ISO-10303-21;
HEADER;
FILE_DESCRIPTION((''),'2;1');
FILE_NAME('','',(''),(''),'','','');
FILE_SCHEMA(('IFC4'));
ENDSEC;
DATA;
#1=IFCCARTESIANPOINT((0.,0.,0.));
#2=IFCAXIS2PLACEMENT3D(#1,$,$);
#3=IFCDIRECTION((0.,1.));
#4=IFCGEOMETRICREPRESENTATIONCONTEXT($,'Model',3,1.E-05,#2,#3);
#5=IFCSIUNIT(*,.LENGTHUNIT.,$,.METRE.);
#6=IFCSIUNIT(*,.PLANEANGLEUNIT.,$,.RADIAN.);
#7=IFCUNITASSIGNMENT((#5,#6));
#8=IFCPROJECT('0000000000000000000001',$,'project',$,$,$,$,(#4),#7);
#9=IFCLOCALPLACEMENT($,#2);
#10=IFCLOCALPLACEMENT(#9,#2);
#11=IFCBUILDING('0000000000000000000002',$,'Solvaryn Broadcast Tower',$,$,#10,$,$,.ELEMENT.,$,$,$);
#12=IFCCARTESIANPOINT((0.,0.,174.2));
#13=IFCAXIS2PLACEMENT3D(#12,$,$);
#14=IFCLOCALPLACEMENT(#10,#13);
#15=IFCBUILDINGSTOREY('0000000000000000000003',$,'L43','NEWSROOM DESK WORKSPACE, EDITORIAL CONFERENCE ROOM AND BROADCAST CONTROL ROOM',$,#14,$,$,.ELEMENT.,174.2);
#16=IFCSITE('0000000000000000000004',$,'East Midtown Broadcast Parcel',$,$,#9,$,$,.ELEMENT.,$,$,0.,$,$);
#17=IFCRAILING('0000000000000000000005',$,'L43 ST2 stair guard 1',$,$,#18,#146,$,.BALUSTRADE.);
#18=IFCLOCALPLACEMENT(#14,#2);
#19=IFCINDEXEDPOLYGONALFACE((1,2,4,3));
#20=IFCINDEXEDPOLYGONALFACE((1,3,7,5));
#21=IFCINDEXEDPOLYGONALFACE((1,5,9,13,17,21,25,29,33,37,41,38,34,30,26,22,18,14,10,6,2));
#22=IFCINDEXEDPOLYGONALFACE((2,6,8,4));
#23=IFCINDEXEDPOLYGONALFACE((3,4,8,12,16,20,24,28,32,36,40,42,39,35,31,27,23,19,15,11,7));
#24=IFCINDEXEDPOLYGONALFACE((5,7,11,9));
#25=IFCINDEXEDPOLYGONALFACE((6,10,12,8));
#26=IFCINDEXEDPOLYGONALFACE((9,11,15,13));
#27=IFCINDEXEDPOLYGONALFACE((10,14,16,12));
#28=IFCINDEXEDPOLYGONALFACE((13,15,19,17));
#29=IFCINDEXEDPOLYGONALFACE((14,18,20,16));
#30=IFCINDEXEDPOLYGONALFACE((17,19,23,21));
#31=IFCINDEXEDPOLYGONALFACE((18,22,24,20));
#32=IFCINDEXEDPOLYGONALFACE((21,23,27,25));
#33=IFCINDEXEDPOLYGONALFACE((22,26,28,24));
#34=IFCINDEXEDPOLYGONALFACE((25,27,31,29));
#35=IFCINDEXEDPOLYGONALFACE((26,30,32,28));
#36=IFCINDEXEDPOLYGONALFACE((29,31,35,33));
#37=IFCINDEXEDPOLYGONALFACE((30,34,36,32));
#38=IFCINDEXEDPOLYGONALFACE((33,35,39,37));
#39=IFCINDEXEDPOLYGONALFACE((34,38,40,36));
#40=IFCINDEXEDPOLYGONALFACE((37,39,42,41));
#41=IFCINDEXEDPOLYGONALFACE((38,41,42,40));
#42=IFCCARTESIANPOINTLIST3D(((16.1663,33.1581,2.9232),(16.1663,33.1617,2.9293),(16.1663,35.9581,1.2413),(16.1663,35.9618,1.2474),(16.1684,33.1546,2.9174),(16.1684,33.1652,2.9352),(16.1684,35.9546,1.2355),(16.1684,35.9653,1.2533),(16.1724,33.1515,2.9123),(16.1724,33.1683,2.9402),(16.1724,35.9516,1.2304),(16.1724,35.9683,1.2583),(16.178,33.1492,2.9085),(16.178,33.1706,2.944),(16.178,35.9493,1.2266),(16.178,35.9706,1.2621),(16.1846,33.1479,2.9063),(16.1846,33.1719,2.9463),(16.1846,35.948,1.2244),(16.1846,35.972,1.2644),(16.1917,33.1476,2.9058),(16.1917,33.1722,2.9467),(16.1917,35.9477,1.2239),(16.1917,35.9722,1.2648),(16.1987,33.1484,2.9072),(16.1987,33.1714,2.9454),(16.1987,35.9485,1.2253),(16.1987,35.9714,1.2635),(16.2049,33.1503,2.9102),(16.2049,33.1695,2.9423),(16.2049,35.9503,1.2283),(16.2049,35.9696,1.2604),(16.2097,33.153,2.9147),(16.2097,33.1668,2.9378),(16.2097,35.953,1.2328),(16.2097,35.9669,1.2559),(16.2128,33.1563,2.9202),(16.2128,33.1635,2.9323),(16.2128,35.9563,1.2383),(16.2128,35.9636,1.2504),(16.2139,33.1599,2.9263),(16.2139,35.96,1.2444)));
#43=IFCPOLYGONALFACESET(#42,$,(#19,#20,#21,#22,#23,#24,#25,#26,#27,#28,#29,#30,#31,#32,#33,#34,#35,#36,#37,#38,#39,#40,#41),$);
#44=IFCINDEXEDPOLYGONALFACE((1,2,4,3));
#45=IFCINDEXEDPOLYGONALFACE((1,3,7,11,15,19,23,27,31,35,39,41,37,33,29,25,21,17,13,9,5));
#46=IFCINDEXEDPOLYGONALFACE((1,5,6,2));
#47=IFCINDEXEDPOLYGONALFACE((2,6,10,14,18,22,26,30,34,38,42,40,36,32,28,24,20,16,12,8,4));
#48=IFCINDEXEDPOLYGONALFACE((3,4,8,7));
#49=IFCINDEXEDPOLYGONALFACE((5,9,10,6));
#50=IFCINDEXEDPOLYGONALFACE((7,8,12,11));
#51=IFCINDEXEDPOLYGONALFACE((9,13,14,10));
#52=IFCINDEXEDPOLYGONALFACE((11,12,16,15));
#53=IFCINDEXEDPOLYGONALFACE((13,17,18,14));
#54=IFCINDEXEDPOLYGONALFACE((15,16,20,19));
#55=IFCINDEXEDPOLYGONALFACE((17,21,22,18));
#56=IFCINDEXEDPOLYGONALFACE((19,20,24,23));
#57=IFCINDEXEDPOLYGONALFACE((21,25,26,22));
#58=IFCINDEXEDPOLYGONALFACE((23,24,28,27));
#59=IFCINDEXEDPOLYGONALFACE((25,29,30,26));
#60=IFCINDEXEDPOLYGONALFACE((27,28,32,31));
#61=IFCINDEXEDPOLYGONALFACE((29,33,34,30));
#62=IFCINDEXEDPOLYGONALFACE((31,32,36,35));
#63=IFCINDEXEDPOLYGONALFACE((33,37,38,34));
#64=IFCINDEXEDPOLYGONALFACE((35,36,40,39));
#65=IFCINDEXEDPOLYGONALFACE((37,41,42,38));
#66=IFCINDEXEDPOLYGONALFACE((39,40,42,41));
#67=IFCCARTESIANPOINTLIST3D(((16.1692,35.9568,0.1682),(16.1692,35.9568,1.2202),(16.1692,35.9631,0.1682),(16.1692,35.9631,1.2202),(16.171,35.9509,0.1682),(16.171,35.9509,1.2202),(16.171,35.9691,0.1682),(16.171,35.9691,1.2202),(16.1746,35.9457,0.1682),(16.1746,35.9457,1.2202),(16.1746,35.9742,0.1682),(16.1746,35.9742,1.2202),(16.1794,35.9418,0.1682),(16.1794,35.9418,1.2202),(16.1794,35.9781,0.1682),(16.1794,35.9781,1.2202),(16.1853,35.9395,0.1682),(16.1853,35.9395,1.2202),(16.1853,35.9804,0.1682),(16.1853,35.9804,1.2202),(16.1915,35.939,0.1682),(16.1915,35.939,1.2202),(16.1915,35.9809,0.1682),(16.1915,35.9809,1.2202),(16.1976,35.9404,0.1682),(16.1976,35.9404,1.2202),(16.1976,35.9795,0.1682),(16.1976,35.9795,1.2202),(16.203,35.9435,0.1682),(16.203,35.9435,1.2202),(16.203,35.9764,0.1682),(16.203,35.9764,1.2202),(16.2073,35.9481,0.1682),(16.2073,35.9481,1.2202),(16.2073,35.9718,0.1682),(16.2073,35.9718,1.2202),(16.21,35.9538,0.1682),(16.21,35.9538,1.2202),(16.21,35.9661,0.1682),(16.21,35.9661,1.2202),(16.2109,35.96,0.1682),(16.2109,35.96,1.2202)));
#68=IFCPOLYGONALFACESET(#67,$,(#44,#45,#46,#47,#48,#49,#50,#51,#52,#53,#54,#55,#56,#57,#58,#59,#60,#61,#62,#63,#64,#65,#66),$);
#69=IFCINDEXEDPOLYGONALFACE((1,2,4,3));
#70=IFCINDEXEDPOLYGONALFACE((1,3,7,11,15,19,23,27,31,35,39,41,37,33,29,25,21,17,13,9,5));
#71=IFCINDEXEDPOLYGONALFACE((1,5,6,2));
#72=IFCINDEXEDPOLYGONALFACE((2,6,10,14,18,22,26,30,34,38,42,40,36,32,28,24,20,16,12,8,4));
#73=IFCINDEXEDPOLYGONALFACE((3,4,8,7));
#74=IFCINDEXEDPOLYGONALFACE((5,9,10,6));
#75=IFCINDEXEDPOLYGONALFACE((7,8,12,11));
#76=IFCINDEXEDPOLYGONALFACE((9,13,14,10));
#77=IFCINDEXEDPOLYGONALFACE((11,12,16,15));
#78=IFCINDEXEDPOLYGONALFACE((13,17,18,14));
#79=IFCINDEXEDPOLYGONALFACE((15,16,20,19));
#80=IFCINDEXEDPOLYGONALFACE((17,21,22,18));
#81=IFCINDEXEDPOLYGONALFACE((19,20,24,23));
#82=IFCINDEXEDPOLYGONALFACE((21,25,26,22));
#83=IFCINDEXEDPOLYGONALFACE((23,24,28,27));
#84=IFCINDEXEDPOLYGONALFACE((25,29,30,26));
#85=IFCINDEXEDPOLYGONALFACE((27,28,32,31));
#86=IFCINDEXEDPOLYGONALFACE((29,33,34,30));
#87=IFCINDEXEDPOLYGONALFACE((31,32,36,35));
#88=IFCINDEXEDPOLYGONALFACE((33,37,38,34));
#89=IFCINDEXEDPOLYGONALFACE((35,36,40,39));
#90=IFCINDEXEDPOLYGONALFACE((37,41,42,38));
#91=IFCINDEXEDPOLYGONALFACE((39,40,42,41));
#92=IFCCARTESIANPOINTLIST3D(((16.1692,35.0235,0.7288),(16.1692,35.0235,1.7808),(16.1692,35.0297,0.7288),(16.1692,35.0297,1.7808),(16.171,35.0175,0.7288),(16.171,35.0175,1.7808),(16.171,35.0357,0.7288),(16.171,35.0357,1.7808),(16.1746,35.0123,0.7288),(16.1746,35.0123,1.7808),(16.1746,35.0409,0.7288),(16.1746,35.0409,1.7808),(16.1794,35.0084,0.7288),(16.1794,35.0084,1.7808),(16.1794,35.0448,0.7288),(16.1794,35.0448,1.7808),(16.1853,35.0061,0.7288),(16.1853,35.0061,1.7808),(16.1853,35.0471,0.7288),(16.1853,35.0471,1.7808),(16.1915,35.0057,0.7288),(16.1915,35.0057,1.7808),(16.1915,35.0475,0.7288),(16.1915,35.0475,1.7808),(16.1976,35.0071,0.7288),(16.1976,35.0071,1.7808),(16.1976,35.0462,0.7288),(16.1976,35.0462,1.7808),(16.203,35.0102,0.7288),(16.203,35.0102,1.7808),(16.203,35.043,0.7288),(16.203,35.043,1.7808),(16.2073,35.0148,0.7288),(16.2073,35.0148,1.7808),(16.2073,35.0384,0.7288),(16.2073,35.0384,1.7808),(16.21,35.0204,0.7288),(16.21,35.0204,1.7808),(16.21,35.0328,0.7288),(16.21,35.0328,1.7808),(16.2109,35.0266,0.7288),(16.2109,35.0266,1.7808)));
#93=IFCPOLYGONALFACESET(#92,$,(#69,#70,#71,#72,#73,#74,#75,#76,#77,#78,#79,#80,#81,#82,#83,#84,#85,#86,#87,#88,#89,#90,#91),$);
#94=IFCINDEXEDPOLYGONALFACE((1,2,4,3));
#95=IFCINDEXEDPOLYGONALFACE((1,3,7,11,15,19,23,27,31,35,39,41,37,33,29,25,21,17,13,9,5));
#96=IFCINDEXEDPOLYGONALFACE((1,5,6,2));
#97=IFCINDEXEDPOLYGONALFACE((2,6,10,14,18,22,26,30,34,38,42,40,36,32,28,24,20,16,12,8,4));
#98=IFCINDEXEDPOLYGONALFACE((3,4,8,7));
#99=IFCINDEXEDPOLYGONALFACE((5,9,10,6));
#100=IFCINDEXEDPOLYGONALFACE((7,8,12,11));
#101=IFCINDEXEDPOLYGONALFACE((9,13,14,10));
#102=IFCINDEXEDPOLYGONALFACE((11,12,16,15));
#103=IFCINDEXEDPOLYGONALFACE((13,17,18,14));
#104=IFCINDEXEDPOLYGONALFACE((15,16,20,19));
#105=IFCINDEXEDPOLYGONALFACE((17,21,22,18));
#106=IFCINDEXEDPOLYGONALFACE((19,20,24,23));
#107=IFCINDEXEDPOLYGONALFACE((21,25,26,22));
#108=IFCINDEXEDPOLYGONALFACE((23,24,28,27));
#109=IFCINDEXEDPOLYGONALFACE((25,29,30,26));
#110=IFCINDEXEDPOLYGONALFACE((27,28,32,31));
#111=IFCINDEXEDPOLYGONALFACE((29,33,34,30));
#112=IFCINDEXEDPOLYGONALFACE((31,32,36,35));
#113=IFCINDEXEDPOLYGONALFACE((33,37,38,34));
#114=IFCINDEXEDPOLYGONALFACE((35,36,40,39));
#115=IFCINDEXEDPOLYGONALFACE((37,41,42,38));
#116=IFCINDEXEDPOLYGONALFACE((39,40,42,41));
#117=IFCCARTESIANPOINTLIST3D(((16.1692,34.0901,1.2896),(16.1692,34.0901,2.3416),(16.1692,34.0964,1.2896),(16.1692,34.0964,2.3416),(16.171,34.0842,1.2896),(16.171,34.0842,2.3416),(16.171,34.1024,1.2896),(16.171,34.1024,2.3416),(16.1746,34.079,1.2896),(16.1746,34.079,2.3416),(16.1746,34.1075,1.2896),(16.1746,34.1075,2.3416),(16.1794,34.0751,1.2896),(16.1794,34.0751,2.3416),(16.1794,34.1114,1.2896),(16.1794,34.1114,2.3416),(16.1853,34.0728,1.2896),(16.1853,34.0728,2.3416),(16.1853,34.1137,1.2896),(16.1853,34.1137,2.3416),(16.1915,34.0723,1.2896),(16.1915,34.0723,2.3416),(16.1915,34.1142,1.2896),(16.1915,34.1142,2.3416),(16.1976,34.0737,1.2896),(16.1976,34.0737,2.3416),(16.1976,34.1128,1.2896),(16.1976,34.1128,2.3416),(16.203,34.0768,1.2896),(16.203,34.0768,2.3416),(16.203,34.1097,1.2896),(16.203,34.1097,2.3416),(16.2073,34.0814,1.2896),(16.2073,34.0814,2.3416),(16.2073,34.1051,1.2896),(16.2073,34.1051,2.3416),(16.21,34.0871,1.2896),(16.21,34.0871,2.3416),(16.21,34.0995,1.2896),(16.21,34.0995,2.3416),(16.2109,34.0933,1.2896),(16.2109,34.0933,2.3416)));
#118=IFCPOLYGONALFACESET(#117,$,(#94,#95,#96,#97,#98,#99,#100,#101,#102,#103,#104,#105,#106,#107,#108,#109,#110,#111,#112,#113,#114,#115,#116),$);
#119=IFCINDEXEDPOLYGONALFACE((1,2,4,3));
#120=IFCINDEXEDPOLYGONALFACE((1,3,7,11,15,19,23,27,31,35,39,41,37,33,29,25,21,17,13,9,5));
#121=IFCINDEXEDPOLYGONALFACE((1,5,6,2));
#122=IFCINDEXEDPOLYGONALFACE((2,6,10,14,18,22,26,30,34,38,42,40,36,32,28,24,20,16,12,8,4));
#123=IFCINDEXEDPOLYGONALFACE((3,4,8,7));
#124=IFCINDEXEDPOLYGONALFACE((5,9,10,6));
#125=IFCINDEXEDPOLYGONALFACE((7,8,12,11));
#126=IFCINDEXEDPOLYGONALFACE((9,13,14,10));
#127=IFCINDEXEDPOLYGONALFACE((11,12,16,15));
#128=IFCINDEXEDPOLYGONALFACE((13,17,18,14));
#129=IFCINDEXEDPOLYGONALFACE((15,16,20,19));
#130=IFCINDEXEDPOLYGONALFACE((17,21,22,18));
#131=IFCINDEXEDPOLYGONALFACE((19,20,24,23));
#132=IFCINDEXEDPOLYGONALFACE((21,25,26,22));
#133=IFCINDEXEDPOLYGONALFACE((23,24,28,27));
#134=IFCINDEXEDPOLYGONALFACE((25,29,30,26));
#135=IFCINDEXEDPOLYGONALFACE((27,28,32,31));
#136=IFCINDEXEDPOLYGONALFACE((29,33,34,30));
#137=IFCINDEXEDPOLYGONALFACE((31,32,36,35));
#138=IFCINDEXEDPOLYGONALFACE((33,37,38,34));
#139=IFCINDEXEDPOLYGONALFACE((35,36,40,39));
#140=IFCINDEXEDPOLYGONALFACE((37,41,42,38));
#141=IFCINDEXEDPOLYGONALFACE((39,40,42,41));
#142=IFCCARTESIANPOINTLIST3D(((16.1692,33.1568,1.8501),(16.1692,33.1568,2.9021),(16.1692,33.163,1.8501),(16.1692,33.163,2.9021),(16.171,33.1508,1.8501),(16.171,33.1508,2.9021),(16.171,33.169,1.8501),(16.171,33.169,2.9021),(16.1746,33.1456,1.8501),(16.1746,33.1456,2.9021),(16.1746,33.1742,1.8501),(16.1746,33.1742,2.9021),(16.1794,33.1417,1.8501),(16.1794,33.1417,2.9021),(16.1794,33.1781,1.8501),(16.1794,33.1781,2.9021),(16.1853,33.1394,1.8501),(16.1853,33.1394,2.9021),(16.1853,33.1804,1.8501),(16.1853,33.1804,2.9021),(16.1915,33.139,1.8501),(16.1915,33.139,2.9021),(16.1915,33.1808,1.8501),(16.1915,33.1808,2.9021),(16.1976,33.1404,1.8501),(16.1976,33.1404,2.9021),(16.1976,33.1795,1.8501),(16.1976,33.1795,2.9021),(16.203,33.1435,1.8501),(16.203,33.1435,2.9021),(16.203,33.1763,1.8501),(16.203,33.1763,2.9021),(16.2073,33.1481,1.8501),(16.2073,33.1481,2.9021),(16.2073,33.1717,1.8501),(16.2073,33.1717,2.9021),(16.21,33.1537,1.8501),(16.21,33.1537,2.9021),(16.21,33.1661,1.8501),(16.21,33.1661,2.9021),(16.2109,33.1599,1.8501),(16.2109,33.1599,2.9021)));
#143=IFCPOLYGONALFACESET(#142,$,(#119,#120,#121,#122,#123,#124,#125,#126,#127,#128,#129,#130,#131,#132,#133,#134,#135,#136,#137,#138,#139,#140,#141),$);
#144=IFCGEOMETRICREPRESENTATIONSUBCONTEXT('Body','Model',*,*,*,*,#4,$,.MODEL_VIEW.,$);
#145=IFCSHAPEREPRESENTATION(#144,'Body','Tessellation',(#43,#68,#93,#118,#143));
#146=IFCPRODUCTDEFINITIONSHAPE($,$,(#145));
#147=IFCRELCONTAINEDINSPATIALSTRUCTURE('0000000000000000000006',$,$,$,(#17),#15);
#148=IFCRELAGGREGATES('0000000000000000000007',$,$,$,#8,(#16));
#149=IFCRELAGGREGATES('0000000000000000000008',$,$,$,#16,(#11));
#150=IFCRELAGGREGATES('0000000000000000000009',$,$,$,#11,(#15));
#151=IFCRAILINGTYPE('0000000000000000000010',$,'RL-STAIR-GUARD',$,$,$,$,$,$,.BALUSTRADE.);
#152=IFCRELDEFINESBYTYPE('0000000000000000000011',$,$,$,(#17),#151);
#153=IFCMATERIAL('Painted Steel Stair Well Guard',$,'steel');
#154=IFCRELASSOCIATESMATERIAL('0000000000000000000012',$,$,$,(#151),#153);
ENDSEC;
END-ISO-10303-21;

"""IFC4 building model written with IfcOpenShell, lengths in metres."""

from ifc_helpers import new_model, si_unit, direction, frame, origin, origin_2d, place, context, subcontext, project, spatial, circle, extrude, material, type_object, element, save


model = new_model("IFC4")

# Units and contexts
model_context = context("Model", 3, precision=1e-05, world=origin(), true_north=direction((0.0, 1.0)))
body_context = subcontext(model_context, "Body", "Model", "MODEL_VIEW")
ifc_project = project(units=[si_unit("LENGTHUNIT", "METRE"), si_unit("PLANEANGLEUNIT", "RADIAN")], contexts=[model_context])

# Site, building, storey
site_placement = place(None, origin())
site = spatial("IfcSite", under=ifc_project, at=site_placement, Name="East Midtown Broadcast Parcel", CompositionType="ELEMENT", RefElevation=0.0)
building_placement = place(site_placement, origin())
building = spatial("IfcBuilding", under=site, at=building_placement, Name="Solvaryn Broadcast Tower", CompositionType="ELEMENT")
storey_placement = place(building_placement, frame((0.0, 0.0, 174.2)))
storey = spatial("IfcBuildingStorey", under=building, at=storey_placement, Name="L43", Description="NEWSROOM DESK WORKSPACE, EDITORIAL CONFERENCE ROOM AND BROADCAST CONTROL ROOM", CompositionType="ELEMENT", Elevation=174.2)

# Railing
ifc_material_1 = material(Name="Painted Steel Stair Well Guard", Category="steel")
railing_type_1 = type_object("IfcRailingType", Name="RL-STAIR-GUARD", PredefinedType="BALUSTRADE", material=ifc_material_1)
railing_1_placement = place(storey_placement, frame((16.1899, 35.96, 0.1682)))
element("IfcRailing", 1, at=railing_1_placement, inside=storey, type_object=railing_type_1, Name="L43 ST2 stair guard 1", PredefinedType="BALUSTRADE", context=body_context, shape_type="SweptSolid", body=[
    extrude(circle(Radius=0.0239, at=origin_2d()), frame((0.0, 0.0, 1.0762), z_axis=(0.0, -0.857242, 0.514913), x_axis=(1.0, 0.0, 0.0)), (0.0, 0.0, 1.0), 3.2664),
    extrude(circle(Radius=0.021, at=origin_2d()), origin(), (0.0, 0.0, 1.0), 1.052),
    extrude(circle(Radius=0.021, at=origin_2d()), frame((0.0, -0.9333, 0.5605)), (0.0, 0.0, 1.0), 1.052),
    extrude(circle(Radius=0.021, at=origin_2d()), frame((0.0, -1.8667, 1.1213)), (0.0, 0.0, 1.0), 1.052),
    extrude(circle(Radius=0.021, at=origin_2d()), frame((0.0, -2.8, 1.6819)), (0.0, 0.0, 1.0), 1.052),
])

save(model, "model.ifc")
